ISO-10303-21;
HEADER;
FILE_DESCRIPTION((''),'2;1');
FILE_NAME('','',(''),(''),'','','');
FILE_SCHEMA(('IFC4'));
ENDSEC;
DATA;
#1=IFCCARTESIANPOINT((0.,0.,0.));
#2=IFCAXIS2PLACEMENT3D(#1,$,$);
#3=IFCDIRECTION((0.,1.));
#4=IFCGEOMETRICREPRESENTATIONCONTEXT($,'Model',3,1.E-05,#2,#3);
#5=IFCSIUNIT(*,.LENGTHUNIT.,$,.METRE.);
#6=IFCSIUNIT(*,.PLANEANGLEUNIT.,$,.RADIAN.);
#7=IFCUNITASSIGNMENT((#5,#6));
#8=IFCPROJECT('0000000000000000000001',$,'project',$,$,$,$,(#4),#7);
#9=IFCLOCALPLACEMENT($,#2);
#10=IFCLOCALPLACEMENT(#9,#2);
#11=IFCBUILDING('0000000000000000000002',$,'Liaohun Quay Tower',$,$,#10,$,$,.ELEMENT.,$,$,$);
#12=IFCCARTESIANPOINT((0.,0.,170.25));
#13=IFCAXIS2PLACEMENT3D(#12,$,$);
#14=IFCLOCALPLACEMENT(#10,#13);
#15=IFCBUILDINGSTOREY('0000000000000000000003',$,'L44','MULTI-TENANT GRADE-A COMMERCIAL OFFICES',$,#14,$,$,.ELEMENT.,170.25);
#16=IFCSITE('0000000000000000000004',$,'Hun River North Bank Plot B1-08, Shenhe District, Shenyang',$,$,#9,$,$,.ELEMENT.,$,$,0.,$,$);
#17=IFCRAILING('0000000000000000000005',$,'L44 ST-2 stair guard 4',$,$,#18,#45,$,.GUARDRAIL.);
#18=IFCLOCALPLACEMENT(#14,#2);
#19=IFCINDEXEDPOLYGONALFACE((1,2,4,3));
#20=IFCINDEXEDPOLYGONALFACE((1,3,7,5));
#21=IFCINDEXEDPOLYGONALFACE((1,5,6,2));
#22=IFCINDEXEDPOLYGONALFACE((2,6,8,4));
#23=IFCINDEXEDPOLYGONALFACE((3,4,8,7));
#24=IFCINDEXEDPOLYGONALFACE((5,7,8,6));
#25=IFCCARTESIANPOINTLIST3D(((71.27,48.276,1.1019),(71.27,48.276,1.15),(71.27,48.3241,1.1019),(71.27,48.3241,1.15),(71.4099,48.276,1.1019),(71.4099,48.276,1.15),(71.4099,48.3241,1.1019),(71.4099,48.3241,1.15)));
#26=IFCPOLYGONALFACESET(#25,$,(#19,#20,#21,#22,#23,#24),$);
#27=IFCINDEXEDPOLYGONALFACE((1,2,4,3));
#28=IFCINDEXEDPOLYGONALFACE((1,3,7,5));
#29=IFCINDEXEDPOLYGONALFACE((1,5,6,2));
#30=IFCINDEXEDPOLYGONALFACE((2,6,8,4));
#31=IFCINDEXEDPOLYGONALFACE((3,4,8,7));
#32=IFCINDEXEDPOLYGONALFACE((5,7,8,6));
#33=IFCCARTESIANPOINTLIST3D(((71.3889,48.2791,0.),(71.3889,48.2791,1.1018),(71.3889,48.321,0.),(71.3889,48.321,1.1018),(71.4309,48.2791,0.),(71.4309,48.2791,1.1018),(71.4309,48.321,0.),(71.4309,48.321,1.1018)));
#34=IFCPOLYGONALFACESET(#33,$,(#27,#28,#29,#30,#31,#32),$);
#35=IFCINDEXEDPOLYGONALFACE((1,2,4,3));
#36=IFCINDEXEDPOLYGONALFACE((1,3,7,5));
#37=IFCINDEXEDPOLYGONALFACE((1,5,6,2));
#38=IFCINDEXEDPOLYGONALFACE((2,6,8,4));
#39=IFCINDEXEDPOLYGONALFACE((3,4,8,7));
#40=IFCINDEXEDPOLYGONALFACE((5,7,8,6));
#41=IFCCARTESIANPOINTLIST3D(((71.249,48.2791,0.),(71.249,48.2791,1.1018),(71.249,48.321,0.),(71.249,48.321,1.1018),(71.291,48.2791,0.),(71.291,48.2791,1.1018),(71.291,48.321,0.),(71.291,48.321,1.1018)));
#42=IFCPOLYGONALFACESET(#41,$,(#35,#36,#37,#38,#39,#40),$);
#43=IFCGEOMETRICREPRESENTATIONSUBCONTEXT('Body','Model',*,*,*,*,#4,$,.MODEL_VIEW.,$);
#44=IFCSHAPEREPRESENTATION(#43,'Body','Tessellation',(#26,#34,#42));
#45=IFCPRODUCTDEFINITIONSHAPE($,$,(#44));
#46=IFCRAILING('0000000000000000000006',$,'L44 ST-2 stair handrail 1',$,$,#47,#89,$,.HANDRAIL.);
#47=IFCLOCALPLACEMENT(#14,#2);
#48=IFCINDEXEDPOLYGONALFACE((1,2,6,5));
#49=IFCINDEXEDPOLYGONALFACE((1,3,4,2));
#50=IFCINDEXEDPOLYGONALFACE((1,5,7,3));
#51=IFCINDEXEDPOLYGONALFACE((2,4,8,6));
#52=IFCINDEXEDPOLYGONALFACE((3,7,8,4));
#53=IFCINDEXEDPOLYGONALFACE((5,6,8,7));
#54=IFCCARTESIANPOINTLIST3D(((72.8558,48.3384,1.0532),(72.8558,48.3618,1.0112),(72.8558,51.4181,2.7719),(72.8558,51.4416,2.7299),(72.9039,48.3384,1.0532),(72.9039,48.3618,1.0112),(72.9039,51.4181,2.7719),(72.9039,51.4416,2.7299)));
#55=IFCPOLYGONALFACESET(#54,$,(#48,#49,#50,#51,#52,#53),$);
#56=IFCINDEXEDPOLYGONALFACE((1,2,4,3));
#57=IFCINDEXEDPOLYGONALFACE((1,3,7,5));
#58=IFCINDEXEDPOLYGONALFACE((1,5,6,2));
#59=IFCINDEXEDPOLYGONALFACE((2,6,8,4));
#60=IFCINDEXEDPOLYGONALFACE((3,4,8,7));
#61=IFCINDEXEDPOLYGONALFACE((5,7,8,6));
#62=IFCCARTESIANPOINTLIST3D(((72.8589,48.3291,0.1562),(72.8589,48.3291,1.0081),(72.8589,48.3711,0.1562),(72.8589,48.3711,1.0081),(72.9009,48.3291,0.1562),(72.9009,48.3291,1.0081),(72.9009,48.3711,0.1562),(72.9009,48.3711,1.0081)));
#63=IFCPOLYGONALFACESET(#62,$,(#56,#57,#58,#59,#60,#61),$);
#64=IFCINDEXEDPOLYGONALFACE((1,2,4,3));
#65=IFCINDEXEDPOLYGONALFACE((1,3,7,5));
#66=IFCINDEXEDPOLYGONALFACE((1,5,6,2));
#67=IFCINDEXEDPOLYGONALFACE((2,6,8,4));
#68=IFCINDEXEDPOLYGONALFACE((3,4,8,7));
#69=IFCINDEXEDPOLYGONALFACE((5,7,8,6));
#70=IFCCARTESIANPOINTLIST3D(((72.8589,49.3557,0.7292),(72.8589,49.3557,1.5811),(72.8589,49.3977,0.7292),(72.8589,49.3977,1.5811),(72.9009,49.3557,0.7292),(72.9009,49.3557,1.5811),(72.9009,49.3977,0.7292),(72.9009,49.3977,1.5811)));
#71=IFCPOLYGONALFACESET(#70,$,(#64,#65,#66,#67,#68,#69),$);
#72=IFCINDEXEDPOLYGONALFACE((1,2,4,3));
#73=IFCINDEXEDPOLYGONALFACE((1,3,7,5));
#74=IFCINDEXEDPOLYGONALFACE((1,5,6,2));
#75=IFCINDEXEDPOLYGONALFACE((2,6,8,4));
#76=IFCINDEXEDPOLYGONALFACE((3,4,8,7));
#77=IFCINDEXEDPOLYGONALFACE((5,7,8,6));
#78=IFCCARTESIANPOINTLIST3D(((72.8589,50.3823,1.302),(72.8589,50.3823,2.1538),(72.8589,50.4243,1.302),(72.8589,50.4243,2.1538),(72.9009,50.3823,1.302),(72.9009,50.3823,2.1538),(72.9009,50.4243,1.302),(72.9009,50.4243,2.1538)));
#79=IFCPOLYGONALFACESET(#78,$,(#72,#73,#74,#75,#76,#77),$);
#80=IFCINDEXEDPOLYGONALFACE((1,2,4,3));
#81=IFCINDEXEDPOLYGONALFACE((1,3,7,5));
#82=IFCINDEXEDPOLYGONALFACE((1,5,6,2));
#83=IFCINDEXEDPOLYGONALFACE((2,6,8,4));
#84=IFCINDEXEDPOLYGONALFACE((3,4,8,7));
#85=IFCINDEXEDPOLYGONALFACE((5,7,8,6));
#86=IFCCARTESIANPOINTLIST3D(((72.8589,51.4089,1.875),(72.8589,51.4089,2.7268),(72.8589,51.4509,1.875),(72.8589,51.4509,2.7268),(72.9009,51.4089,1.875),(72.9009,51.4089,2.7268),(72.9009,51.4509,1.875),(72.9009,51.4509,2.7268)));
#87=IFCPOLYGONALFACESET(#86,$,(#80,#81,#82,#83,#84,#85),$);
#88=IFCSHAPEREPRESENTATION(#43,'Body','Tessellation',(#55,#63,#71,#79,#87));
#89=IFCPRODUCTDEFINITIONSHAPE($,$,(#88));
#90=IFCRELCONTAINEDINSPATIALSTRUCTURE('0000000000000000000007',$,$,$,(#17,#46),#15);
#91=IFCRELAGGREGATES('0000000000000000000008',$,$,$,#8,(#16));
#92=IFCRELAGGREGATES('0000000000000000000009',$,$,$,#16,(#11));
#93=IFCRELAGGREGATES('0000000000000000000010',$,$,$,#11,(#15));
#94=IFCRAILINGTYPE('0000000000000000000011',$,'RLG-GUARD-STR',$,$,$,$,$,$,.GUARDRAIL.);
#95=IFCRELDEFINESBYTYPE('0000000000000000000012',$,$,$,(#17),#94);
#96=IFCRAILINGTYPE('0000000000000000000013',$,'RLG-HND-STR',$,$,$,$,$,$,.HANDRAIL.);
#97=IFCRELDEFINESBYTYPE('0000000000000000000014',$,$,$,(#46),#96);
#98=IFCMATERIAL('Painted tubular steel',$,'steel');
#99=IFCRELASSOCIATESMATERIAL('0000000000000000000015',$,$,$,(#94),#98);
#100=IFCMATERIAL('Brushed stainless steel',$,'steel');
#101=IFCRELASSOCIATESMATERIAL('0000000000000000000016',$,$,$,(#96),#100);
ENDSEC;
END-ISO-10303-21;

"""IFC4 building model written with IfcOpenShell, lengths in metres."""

from ifc_helpers import new_model, si_unit, direction, frame, origin, origin_2d, place, context, subcontext, project, spatial, rectangle, extrude, material, type_object, element, save


model = new_model("IFC4")

# Units and contexts
model_context = context("Model", 3, precision=1e-05, world=origin(), true_north=direction((0.0, 1.0)))
body_context = subcontext(model_context, "Body", "Model", "MODEL_VIEW")
ifc_project = project(units=[si_unit("LENGTHUNIT", "METRE"), si_unit("PLANEANGLEUNIT", "RADIAN")], contexts=[model_context])

# Site, building, storey
site_placement = place(None, origin())
site = spatial("IfcSite", under=ifc_project, at=site_placement, Name="Hun River North Bank Plot B1-08, Shenhe District, Shenyang", CompositionType="ELEMENT", RefElevation=0.0)
building_placement = place(site_placement, origin())
building = spatial("IfcBuilding", under=site, at=building_placement, Name="Liaohun Quay Tower", CompositionType="ELEMENT")
storey_placement = place(building_placement, frame((0.0, 0.0, 170.25)))
storey = spatial("IfcBuildingStorey", under=building, at=storey_placement, Name="L44", Description="MULTI-TENANT GRADE-A COMMERCIAL OFFICES", CompositionType="ELEMENT", Elevation=170.25)

# Railings
ifc_material_1 = material(Name="Painted tubular steel", Category="steel")
railing_type_1 = type_object("IfcRailingType", Name="RLG-GUARD-STR", PredefinedType="GUARDRAIL", material=ifc_material_1)
railing_1_placement = place(storey_placement, frame((71.4099, 48.3, 0.0)))
element("IfcRailing", 1, at=railing_1_placement, inside=storey, type_object=railing_type_1, Name="L44 ST-2 stair guard 4", PredefinedType="GUARDRAIL", context=body_context, shape_type="SweptSolid", body=[
    extrude(rectangle(XDim=0.0481, YDim=0.0481, at=origin_2d()), frame((0.0, 0.0, 1.126), z_axis=(-1.0, 0.0, 0.0), x_axis=(0.0, -1.0, 0.0)), (0.0, 0.0, 1.0), 0.1399),
    extrude(rectangle(XDim=0.042, YDim=0.042, at=origin_2d()), origin(), (0.0, 0.0, 1.0), 1.1018),
    extrude(rectangle(XDim=0.042, YDim=0.042, at=origin_2d()), frame((-0.1399, 0.0, 0.0)), (0.0, 0.0, 1.0), 1.1018),
])
ifc_material_2 = material(Name="Brushed stainless steel", Category="steel")
railing_type_2 = type_object("IfcRailingType", Name="RLG-HND-STR", PredefinedType="HANDRAIL", material=ifc_material_2)
railing_2_placement = place(storey_placement, frame((72.8799, 48.3501, 0.1562)))
element("IfcRailing", 2, at=railing_2_placement, inside=storey, type_object=railing_type_2, Name="L44 ST-2 stair handrail 1", PredefinedType="HANDRAIL", context=body_context, shape_type="SweptSolid", body=[
    extrude(rectangle(XDim=0.0481, YDim=0.0481, at=origin_2d()), frame((0.0, 0.0, 0.876), z_axis=(0.0, 0.873225, 0.487317), x_axis=(-1.0, 0.0, 0.0)), (0.0, 0.0, 1.0), 3.5269),
    extrude(rectangle(XDim=0.042, YDim=0.042, at=origin_2d()), origin(), (0.0, 0.0, 1.0), 0.8518),
    extrude(rectangle(XDim=0.042, YDim=0.042, at=origin_2d()), frame((0.0, 1.0266, 0.573)), (0.0, 0.0, 1.0), 0.8518),
    extrude(rectangle(XDim=0.042, YDim=0.042, at=origin_2d()), frame((0.0, 2.0532, 1.1458)), (0.0, 0.0, 1.0), 0.8518),
    extrude(rectangle(XDim=0.042, YDim=0.042, at=origin_2d()), frame((0.0, 3.0798, 1.7188)), (0.0, 0.0, 1.0), 0.8518),
])

save(model, "model.ifc")
